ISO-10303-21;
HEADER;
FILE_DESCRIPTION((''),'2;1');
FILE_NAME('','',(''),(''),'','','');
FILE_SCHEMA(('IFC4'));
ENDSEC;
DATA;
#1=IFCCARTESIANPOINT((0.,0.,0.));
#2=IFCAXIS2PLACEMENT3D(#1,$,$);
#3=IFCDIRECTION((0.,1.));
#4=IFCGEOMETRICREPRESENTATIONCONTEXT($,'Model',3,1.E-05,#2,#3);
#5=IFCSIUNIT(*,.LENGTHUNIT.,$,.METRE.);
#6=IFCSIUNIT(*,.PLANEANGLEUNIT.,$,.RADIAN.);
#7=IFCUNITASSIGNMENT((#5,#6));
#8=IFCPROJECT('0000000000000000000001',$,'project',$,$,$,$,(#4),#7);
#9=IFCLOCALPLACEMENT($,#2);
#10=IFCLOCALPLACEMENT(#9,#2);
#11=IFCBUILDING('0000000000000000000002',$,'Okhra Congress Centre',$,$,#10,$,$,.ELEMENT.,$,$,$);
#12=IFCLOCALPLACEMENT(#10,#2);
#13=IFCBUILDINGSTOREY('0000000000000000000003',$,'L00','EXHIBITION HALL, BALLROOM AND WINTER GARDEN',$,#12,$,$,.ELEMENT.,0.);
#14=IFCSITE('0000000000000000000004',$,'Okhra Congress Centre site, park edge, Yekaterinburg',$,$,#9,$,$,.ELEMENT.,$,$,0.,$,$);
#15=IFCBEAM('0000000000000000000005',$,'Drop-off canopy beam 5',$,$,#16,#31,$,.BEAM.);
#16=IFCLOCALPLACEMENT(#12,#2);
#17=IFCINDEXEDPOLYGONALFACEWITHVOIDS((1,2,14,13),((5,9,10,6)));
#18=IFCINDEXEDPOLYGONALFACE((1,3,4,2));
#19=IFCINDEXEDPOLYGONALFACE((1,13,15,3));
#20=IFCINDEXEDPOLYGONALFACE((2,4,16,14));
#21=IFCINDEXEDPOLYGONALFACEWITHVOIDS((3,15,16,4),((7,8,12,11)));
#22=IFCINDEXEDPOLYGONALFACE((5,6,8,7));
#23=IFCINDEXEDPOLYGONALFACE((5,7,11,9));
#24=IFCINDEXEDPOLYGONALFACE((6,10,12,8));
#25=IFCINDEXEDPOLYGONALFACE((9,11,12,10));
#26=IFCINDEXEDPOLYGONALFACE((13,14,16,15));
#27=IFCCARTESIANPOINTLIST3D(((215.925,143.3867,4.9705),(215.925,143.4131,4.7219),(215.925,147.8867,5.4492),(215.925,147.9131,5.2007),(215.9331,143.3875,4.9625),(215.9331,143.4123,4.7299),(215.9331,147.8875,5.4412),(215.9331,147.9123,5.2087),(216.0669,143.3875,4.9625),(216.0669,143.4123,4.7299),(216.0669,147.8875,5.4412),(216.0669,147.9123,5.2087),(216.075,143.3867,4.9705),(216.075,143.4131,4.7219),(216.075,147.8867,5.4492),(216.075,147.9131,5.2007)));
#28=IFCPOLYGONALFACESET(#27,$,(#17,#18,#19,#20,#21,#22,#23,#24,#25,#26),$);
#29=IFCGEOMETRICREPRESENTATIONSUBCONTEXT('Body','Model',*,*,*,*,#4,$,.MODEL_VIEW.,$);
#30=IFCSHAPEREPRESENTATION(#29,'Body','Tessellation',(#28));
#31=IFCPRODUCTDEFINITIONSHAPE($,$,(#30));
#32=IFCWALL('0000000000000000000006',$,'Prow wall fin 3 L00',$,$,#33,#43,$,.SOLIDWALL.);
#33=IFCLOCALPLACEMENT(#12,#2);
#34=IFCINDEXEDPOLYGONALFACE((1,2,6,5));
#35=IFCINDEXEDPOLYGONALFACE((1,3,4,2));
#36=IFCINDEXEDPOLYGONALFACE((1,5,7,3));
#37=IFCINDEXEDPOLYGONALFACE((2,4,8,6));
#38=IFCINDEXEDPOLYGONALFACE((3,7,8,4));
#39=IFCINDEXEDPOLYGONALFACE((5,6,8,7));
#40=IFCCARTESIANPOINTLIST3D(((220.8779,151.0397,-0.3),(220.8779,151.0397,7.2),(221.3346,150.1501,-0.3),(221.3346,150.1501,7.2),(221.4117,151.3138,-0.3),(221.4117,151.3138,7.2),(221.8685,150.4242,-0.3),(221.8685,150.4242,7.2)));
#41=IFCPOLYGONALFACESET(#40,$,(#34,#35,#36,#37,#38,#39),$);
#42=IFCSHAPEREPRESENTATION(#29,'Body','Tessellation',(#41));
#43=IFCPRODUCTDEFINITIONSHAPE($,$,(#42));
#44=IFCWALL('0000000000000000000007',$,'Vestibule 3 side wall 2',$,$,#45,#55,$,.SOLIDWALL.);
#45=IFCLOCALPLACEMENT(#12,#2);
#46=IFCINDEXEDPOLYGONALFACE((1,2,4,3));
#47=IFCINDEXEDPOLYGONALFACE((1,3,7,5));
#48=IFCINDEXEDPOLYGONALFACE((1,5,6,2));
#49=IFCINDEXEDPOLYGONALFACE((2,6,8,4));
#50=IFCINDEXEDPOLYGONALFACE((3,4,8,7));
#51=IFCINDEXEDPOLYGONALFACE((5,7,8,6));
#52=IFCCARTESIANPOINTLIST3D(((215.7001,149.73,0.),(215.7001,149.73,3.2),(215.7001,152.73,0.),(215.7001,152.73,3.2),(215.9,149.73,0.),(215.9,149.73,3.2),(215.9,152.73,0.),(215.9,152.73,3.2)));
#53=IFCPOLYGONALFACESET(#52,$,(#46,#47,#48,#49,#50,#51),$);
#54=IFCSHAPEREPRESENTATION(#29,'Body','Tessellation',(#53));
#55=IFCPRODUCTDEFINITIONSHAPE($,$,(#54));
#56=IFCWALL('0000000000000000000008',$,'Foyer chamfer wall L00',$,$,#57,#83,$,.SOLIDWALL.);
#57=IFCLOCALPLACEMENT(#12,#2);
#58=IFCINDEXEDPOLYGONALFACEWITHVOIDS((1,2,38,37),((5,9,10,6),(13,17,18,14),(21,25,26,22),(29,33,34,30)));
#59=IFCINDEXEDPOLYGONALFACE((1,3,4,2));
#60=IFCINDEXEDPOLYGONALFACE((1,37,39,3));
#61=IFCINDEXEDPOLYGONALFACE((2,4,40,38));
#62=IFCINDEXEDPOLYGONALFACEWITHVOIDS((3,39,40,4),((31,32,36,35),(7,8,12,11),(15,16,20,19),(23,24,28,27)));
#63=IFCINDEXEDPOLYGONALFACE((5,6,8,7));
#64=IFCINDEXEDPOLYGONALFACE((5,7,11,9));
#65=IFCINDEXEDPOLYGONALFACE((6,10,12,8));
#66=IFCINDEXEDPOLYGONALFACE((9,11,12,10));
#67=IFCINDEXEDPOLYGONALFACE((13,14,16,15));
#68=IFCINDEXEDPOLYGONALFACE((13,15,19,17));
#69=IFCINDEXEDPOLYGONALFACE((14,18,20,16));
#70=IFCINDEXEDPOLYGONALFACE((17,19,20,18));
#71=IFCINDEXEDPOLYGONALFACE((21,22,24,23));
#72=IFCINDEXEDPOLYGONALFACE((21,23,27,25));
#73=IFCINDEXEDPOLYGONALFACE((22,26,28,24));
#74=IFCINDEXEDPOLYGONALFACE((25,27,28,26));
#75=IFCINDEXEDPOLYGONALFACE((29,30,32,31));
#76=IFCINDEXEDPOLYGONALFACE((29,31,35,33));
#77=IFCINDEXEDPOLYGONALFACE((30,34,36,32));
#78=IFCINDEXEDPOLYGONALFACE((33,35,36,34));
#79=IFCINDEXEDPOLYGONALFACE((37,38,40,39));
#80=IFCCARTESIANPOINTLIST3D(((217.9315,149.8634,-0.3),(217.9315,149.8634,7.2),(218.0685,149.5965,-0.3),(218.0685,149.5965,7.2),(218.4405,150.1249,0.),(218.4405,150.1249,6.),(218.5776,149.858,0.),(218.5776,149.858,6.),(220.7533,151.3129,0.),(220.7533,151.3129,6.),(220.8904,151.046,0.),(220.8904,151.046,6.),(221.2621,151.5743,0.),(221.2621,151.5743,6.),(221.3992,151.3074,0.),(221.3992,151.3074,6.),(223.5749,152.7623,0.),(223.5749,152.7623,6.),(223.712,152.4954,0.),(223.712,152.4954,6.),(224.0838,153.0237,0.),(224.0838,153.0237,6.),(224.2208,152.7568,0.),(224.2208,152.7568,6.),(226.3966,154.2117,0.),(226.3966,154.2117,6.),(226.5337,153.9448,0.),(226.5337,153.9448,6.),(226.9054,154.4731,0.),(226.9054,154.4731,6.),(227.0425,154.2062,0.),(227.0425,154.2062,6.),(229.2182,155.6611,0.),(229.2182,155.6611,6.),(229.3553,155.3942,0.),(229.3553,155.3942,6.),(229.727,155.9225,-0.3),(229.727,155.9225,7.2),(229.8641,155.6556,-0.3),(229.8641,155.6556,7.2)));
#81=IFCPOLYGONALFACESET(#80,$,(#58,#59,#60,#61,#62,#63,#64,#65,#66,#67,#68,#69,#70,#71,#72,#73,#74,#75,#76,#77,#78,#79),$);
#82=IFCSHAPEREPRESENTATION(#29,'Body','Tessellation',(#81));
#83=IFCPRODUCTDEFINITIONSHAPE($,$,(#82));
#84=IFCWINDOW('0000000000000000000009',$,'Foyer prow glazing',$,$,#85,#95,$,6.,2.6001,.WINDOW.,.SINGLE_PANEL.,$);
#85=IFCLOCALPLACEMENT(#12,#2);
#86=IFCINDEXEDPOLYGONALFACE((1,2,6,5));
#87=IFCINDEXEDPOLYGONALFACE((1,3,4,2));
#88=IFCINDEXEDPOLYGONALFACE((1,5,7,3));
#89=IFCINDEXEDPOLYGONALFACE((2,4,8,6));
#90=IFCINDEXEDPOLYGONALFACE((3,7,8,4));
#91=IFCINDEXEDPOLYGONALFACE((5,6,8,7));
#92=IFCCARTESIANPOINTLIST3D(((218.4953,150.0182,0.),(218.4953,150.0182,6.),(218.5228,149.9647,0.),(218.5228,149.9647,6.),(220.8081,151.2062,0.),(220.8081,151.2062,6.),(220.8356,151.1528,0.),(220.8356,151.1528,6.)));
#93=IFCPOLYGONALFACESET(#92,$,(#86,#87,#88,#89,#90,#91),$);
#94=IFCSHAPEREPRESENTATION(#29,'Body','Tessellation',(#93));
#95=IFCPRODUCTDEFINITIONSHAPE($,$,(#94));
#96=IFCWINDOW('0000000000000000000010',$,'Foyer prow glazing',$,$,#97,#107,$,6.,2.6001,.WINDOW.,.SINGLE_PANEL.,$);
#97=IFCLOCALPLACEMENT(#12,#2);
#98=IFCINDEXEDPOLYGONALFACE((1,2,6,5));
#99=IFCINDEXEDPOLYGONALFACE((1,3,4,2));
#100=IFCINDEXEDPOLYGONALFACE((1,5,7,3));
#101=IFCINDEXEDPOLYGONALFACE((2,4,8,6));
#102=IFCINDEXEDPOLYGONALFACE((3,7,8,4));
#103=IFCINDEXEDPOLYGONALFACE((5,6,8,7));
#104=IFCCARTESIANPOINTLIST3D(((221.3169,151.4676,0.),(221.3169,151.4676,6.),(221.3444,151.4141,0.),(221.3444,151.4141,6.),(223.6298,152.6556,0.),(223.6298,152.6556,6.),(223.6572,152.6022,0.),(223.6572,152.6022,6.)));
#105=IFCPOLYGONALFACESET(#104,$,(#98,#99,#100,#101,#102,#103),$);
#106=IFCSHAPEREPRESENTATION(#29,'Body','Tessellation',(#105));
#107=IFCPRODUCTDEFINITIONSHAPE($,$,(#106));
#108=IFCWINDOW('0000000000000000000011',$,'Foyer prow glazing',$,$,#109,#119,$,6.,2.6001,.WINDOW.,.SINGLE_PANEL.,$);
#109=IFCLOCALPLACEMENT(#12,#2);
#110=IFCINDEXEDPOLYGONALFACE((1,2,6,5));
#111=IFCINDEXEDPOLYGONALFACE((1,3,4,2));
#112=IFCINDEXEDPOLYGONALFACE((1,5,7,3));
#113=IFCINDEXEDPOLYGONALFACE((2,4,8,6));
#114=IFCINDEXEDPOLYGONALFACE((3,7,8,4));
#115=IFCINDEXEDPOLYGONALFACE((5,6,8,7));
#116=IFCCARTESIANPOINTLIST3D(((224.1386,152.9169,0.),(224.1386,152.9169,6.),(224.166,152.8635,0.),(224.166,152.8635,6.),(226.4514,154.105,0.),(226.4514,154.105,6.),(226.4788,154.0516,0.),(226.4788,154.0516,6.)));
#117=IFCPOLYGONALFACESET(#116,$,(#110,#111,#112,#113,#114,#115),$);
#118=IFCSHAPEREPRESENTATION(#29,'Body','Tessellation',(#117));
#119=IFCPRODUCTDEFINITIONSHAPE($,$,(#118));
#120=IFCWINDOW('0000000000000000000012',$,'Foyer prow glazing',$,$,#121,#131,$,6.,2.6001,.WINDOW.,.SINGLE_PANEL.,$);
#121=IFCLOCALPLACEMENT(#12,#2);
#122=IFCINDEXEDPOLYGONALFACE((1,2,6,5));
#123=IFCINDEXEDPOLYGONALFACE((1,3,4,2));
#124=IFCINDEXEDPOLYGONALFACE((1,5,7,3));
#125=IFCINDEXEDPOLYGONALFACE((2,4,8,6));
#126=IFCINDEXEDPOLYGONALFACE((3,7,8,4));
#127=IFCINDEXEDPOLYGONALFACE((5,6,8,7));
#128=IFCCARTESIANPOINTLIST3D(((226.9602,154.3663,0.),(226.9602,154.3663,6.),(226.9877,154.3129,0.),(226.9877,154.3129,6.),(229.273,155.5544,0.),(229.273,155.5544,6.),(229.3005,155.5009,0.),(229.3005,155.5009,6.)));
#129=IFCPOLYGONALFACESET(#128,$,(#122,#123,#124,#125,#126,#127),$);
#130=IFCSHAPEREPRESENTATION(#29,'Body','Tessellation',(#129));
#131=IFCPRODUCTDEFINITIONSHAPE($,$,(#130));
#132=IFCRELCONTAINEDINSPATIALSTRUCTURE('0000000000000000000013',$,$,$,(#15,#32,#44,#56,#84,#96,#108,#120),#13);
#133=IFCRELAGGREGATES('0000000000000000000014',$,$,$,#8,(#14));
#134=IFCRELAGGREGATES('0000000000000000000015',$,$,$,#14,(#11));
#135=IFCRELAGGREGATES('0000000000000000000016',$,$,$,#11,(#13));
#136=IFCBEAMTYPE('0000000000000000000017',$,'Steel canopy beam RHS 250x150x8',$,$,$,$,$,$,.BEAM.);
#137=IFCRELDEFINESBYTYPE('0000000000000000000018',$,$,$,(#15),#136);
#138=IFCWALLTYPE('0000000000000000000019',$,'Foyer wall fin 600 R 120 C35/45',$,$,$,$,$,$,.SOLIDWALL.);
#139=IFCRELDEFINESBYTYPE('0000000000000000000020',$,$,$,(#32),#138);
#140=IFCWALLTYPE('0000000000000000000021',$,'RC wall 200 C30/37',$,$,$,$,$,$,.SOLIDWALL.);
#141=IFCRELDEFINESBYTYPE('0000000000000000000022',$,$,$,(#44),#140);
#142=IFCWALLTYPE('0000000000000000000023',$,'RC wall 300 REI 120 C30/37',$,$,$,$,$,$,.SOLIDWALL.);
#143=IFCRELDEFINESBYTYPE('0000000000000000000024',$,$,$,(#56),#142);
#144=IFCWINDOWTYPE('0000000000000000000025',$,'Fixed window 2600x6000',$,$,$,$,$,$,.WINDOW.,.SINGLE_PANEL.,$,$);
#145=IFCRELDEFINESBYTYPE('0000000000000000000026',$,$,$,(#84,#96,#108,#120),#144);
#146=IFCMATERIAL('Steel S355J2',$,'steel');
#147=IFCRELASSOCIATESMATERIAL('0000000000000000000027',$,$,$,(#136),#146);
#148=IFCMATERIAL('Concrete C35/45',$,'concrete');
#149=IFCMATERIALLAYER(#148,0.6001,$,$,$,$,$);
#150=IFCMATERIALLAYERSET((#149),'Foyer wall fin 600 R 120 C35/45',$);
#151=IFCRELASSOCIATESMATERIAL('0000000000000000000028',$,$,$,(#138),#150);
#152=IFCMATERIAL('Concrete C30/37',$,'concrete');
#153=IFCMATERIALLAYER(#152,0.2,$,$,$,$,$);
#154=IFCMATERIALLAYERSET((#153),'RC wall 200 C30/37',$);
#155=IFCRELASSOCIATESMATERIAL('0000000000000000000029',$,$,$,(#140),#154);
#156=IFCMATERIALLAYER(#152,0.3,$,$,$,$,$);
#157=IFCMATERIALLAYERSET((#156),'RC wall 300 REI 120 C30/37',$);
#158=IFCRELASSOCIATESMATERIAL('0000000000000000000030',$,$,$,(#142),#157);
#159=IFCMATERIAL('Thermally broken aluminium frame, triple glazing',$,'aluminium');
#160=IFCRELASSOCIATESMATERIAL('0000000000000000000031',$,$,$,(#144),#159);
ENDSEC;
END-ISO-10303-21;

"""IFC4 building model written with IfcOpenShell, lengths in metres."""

from ifc_helpers import new_model, si_unit, direction, frame, frame_2d, origin, origin_2d, place, context, subcontext, project, spatial, rectangle, hollow_rectangle, extrude, material, layer, layer_set, material_profile, profile_set, type_object, element, fill, save


model = new_model("IFC4")

# Units and contexts
model_context = context("Model", 3, precision=1e-05, world=origin(), true_north=direction((0.0, 1.0)))
body_context = subcontext(model_context, "Body", "Model", "MODEL_VIEW")
ifc_project = project(units=[si_unit("LENGTHUNIT", "METRE"), si_unit("PLANEANGLEUNIT", "RADIAN")], contexts=[model_context])

# Site, building, storey
site_placement = place(None, origin())
site = spatial("IfcSite", under=ifc_project, at=site_placement, Name="Okhra Congress Centre site, park edge, Yekaterinburg", CompositionType="ELEMENT", RefElevation=0.0)
building_placement = place(site_placement, origin())
building = spatial("IfcBuilding", under=site, at=building_placement, Name="Okhra Congress Centre", CompositionType="ELEMENT")
storey_placement = place(building_placement, origin())
storey = spatial("IfcBuildingStorey", under=building, at=storey_placement, Name="L00", Description="EXHIBITION HALL, BALLROOM AND WINTER GARDEN", CompositionType="ELEMENT", Elevation=0.0)

# Shared definitions
ifc_material_1 = material(Name="Concrete C30/37", Category="concrete")

# Shared definitions
ifc_material_2 = material(Name="Concrete C35/45", Category="concrete")

# Shared definitions
ifc_material_3 = material(Name="Steel S355J2", Category="steel")

# Beam
ifc_material_profile_1 = material_profile(ifc_material_3, hollow_rectangle(XDim=0.1499, YDim=0.25, WallThickness=0.0081, at=origin_2d()), Name="RHS 250x150x8")
ifc_profile_set_1 = profile_set([ifc_material_profile_1], Name="Steel S355J2")
beam_type = type_object("IfcBeamType", Name="Steel canopy beam RHS 250x150x8", PredefinedType="BEAM", material=ifc_profile_set_1)
beam_placement = place(storey_placement, frame((216.0, 143.3999, 4.8462), z_axis=(0.0, 0.994388, 0.105794), x_axis=(-1.0, 0.0, 0.0)))
element("IfcBeam", 1, at=beam_placement, inside=storey, type_object=beam_type, Name="Drop-off canopy beam 5", PredefinedType="BEAM", context=body_context, shape_type="SweptSolid", body=[
    extrude(hollow_rectangle(XDim=0.1499, YDim=0.25, WallThickness=0.0081, at=origin_2d()), origin(), (0.0, 0.0, 1.0), 4.5254),
])

# Walls
ifc_layer_1 = layer(ifc_material_2, 0.6001)
ifc_layer_set_1 = layer_set([ifc_layer_1], Name="Foyer wall fin 600 R 120 C35/45")
wall_type_1 = type_object("IfcWallType", Name="Foyer wall fin 600 R 120 C35/45", PredefinedType="SOLIDWALL", material=ifc_layer_set_1)
wall_1_placement = place(storey_placement, frame((221.1448, 151.1768, -0.3), z_axis=(0.0, 0.0, 1.0), x_axis=(0.456758, -0.889591, 0.0)))
element("IfcWall", 2, at=wall_1_placement, inside=storey, type_object=wall_type_1, Name="Prow wall fin 3 L00", PredefinedType="SOLIDWALL", context=body_context, shape_type="SweptSolid", body=[
    extrude(rectangle(XDim=1.0, YDim=0.6001, at=frame_2d((0.5, 0.0))), origin(), (0.0, 0.0, 1.0), 7.5),
])
ifc_layer_2 = layer(ifc_material_1, 0.2)
ifc_layer_set_2 = layer_set([ifc_layer_2], Name="RC wall 200 C30/37")
wall_type_2 = type_object("IfcWallType", Name="RC wall 200 C30/37", PredefinedType="SOLIDWALL", material=ifc_layer_set_2)
wall_2_placement = place(storey_placement, frame((215.8, 149.73, 0.0), z_axis=(0.0, 0.0, 1.0), x_axis=(0.0, 1.0, 0.0)))
element("IfcWall", 3, at=wall_2_placement, inside=storey, type_object=wall_type_2, Name="Vestibule 3 side wall 2", PredefinedType="SOLIDWALL", context=body_context, shape_type="SweptSolid", body=[
    extrude(rectangle(XDim=3.0, YDim=0.2, at=frame_2d((1.5, 0.0))), origin(), (0.0, 0.0, 1.0), 3.2),
])

# Wall, openings, windows
ifc_layer_3 = layer(ifc_material_1, 0.3)
ifc_layer_set_3 = layer_set([ifc_layer_3], Name="RC wall 300 REI 120 C30/37")
wall_type_3 = type_object("IfcWallType", Name="RC wall 300 REI 120 C30/37", PredefinedType="SOLIDWALL", material=ifc_layer_set_3)
wall_3_placement = place(storey_placement, frame((218.0, 149.73, -0.3), z_axis=(0.0, 0.0, 1.0), x_axis=(0.88951, 0.456915, 0.0)))
wall_3 = element("IfcWall", 4, at=wall_3_placement, inside=storey, type_object=wall_type_3, Name="Foyer chamfer wall L00", PredefinedType="SOLIDWALL", context=body_context, shape_type="SweptSolid", body=[
    extrude(rectangle(XDim=13.2607, YDim=0.3, at=frame_2d((6.6304, 0.0))), origin(), (0.0, 0.0, 1.0), 7.5),
])
opening_1_placement = place(wall_3_placement, frame((0.5723, 0.0, 0.3)))
opening_1 = element("IfcOpeningElement", 5, at=opening_1_placement, cuts=wall_3, PredefinedType="OPENING", context=body_context, shape_type="SweptSolid", body=[
    extrude(rectangle(XDim=2.6001, YDim=6.0, at=frame_2d((1.3, 3.0))), frame((0.0, 0.1599, 0.0), z_axis=(0.0, -1.0, 0.0), x_axis=(1.0, 0.0, 0.0)), (0.0, 0.0, 1.0), 0.3201),
])
opening_2_placement = place(wall_3_placement, frame((3.7444, 0.0, 0.3)))
opening_2 = element("IfcOpeningElement", 6, at=opening_2_placement, cuts=wall_3, PredefinedType="OPENING", context=body_context, shape_type="SweptSolid", body=[
    extrude(rectangle(XDim=2.6001, YDim=6.0, at=frame_2d((1.3, 3.0))), frame((0.0, 0.1599, 0.0), z_axis=(0.0, -1.0, 0.0), x_axis=(1.0, 0.0, 0.0)), (0.0, 0.0, 1.0), 0.3201),
])
opening_3_placement = place(wall_3_placement, frame((6.9165, 0.0, 0.3)))
opening_3 = element("IfcOpeningElement", 7, at=opening_3_placement, cuts=wall_3, PredefinedType="OPENING", context=body_context, shape_type="SweptSolid", body=[
    extrude(rectangle(XDim=2.6001, YDim=6.0, at=frame_2d((1.3, 3.0))), frame((0.0, 0.1599, 0.0), z_axis=(0.0, -1.0, 0.0), x_axis=(1.0, 0.0, 0.0)), (0.0, 0.0, 1.0), 0.3201),
])
opening_4_placement = place(wall_3_placement, frame((10.0886, 0.0, 0.3)))
opening_4 = element("IfcOpeningElement", 8, at=opening_4_placement, cuts=wall_3, PredefinedType="OPENING", context=body_context, shape_type="SweptSolid", body=[
    extrude(rectangle(XDim=2.6001, YDim=6.0, at=frame_2d((1.3, 3.0))), frame((0.0, 0.1599, 0.0), z_axis=(0.0, -1.0, 0.0), x_axis=(1.0, 0.0, 0.0)), (0.0, 0.0, 1.0), 0.3201),
])
ifc_material_4 = material(Name="Thermally broken aluminium frame, triple glazing", Category="aluminium")
window_type = type_object("IfcWindowType", Name="Fixed window 2600x6000", PartitioningType="SINGLE_PANEL", PredefinedType="WINDOW", material=ifc_material_4)
window_1_placement = place(opening_1_placement, origin())
window_1 = element("IfcWindow", 9, at=window_1_placement, inside=storey, type_object=window_type, Name="Foyer prow glazing", OverallHeight=6.0, OverallWidth=2.6001, PartitioningType="SINGLE_PANEL", PredefinedType="WINDOW", context=body_context, shape_type="SweptSolid", body=[
    extrude(rectangle(XDim=2.6001, YDim=6.0, at=frame_2d((1.3, 3.0))), frame((0.0, 0.03, 0.0), z_axis=(0.0, -1.0, 0.0), x_axis=(1.0, 0.0, 0.0)), (0.0, 0.0, 1.0), 0.0601),
])
fill(opening_1, window_1)
window_2_placement = place(opening_2_placement, origin())
window_2 = element("IfcWindow", 10, at=window_2_placement, inside=storey, type_object=window_type, Name="Foyer prow glazing", OverallHeight=6.0, OverallWidth=2.6001, PartitioningType="SINGLE_PANEL", PredefinedType="WINDOW", context=body_context, shape_type="SweptSolid", body=[
    extrude(rectangle(XDim=2.6001, YDim=6.0, at=frame_2d((1.3, 3.0))), frame((0.0, 0.03, 0.0), z_axis=(0.0, -1.0, 0.0), x_axis=(1.0, 0.0, 0.0)), (0.0, 0.0, 1.0), 0.0601),
])
fill(opening_2, window_2)
window_3_placement = place(opening_3_placement, origin())
window_3 = element("IfcWindow", 11, at=window_3_placement, inside=storey, type_object=window_type, Name="Foyer prow glazing", OverallHeight=6.0, OverallWidth=2.6001, PartitioningType="SINGLE_PANEL", PredefinedType="WINDOW", context=body_context, shape_type="SweptSolid", body=[
    extrude(rectangle(XDim=2.6001, YDim=6.0, at=frame_2d((1.3, 3.0))), frame((0.0, 0.03, 0.0), z_axis=(0.0, -1.0, 0.0), x_axis=(1.0, 0.0, 0.0)), (0.0, 0.0, 1.0), 0.0601),
])
fill(opening_3, window_3)
window_4_placement = place(opening_4_placement, origin())
window_4 = element("IfcWindow", 12, at=window_4_placement, inside=storey, type_object=window_type, Name="Foyer prow glazing", OverallHeight=6.0, OverallWidth=2.6001, PartitioningType="SINGLE_PANEL", PredefinedType="WINDOW", context=body_context, shape_type="SweptSolid", body=[
    extrude(rectangle(XDim=2.6001, YDim=6.0, at=frame_2d((1.3, 3.0))), frame((0.0, 0.03, 0.0), z_axis=(0.0, -1.0, 0.0), x_axis=(1.0, 0.0, 0.0)), (0.0, 0.0, 1.0), 0.0601),
])
fill(opening_4, window_4)

save(model, "model.ifc")
